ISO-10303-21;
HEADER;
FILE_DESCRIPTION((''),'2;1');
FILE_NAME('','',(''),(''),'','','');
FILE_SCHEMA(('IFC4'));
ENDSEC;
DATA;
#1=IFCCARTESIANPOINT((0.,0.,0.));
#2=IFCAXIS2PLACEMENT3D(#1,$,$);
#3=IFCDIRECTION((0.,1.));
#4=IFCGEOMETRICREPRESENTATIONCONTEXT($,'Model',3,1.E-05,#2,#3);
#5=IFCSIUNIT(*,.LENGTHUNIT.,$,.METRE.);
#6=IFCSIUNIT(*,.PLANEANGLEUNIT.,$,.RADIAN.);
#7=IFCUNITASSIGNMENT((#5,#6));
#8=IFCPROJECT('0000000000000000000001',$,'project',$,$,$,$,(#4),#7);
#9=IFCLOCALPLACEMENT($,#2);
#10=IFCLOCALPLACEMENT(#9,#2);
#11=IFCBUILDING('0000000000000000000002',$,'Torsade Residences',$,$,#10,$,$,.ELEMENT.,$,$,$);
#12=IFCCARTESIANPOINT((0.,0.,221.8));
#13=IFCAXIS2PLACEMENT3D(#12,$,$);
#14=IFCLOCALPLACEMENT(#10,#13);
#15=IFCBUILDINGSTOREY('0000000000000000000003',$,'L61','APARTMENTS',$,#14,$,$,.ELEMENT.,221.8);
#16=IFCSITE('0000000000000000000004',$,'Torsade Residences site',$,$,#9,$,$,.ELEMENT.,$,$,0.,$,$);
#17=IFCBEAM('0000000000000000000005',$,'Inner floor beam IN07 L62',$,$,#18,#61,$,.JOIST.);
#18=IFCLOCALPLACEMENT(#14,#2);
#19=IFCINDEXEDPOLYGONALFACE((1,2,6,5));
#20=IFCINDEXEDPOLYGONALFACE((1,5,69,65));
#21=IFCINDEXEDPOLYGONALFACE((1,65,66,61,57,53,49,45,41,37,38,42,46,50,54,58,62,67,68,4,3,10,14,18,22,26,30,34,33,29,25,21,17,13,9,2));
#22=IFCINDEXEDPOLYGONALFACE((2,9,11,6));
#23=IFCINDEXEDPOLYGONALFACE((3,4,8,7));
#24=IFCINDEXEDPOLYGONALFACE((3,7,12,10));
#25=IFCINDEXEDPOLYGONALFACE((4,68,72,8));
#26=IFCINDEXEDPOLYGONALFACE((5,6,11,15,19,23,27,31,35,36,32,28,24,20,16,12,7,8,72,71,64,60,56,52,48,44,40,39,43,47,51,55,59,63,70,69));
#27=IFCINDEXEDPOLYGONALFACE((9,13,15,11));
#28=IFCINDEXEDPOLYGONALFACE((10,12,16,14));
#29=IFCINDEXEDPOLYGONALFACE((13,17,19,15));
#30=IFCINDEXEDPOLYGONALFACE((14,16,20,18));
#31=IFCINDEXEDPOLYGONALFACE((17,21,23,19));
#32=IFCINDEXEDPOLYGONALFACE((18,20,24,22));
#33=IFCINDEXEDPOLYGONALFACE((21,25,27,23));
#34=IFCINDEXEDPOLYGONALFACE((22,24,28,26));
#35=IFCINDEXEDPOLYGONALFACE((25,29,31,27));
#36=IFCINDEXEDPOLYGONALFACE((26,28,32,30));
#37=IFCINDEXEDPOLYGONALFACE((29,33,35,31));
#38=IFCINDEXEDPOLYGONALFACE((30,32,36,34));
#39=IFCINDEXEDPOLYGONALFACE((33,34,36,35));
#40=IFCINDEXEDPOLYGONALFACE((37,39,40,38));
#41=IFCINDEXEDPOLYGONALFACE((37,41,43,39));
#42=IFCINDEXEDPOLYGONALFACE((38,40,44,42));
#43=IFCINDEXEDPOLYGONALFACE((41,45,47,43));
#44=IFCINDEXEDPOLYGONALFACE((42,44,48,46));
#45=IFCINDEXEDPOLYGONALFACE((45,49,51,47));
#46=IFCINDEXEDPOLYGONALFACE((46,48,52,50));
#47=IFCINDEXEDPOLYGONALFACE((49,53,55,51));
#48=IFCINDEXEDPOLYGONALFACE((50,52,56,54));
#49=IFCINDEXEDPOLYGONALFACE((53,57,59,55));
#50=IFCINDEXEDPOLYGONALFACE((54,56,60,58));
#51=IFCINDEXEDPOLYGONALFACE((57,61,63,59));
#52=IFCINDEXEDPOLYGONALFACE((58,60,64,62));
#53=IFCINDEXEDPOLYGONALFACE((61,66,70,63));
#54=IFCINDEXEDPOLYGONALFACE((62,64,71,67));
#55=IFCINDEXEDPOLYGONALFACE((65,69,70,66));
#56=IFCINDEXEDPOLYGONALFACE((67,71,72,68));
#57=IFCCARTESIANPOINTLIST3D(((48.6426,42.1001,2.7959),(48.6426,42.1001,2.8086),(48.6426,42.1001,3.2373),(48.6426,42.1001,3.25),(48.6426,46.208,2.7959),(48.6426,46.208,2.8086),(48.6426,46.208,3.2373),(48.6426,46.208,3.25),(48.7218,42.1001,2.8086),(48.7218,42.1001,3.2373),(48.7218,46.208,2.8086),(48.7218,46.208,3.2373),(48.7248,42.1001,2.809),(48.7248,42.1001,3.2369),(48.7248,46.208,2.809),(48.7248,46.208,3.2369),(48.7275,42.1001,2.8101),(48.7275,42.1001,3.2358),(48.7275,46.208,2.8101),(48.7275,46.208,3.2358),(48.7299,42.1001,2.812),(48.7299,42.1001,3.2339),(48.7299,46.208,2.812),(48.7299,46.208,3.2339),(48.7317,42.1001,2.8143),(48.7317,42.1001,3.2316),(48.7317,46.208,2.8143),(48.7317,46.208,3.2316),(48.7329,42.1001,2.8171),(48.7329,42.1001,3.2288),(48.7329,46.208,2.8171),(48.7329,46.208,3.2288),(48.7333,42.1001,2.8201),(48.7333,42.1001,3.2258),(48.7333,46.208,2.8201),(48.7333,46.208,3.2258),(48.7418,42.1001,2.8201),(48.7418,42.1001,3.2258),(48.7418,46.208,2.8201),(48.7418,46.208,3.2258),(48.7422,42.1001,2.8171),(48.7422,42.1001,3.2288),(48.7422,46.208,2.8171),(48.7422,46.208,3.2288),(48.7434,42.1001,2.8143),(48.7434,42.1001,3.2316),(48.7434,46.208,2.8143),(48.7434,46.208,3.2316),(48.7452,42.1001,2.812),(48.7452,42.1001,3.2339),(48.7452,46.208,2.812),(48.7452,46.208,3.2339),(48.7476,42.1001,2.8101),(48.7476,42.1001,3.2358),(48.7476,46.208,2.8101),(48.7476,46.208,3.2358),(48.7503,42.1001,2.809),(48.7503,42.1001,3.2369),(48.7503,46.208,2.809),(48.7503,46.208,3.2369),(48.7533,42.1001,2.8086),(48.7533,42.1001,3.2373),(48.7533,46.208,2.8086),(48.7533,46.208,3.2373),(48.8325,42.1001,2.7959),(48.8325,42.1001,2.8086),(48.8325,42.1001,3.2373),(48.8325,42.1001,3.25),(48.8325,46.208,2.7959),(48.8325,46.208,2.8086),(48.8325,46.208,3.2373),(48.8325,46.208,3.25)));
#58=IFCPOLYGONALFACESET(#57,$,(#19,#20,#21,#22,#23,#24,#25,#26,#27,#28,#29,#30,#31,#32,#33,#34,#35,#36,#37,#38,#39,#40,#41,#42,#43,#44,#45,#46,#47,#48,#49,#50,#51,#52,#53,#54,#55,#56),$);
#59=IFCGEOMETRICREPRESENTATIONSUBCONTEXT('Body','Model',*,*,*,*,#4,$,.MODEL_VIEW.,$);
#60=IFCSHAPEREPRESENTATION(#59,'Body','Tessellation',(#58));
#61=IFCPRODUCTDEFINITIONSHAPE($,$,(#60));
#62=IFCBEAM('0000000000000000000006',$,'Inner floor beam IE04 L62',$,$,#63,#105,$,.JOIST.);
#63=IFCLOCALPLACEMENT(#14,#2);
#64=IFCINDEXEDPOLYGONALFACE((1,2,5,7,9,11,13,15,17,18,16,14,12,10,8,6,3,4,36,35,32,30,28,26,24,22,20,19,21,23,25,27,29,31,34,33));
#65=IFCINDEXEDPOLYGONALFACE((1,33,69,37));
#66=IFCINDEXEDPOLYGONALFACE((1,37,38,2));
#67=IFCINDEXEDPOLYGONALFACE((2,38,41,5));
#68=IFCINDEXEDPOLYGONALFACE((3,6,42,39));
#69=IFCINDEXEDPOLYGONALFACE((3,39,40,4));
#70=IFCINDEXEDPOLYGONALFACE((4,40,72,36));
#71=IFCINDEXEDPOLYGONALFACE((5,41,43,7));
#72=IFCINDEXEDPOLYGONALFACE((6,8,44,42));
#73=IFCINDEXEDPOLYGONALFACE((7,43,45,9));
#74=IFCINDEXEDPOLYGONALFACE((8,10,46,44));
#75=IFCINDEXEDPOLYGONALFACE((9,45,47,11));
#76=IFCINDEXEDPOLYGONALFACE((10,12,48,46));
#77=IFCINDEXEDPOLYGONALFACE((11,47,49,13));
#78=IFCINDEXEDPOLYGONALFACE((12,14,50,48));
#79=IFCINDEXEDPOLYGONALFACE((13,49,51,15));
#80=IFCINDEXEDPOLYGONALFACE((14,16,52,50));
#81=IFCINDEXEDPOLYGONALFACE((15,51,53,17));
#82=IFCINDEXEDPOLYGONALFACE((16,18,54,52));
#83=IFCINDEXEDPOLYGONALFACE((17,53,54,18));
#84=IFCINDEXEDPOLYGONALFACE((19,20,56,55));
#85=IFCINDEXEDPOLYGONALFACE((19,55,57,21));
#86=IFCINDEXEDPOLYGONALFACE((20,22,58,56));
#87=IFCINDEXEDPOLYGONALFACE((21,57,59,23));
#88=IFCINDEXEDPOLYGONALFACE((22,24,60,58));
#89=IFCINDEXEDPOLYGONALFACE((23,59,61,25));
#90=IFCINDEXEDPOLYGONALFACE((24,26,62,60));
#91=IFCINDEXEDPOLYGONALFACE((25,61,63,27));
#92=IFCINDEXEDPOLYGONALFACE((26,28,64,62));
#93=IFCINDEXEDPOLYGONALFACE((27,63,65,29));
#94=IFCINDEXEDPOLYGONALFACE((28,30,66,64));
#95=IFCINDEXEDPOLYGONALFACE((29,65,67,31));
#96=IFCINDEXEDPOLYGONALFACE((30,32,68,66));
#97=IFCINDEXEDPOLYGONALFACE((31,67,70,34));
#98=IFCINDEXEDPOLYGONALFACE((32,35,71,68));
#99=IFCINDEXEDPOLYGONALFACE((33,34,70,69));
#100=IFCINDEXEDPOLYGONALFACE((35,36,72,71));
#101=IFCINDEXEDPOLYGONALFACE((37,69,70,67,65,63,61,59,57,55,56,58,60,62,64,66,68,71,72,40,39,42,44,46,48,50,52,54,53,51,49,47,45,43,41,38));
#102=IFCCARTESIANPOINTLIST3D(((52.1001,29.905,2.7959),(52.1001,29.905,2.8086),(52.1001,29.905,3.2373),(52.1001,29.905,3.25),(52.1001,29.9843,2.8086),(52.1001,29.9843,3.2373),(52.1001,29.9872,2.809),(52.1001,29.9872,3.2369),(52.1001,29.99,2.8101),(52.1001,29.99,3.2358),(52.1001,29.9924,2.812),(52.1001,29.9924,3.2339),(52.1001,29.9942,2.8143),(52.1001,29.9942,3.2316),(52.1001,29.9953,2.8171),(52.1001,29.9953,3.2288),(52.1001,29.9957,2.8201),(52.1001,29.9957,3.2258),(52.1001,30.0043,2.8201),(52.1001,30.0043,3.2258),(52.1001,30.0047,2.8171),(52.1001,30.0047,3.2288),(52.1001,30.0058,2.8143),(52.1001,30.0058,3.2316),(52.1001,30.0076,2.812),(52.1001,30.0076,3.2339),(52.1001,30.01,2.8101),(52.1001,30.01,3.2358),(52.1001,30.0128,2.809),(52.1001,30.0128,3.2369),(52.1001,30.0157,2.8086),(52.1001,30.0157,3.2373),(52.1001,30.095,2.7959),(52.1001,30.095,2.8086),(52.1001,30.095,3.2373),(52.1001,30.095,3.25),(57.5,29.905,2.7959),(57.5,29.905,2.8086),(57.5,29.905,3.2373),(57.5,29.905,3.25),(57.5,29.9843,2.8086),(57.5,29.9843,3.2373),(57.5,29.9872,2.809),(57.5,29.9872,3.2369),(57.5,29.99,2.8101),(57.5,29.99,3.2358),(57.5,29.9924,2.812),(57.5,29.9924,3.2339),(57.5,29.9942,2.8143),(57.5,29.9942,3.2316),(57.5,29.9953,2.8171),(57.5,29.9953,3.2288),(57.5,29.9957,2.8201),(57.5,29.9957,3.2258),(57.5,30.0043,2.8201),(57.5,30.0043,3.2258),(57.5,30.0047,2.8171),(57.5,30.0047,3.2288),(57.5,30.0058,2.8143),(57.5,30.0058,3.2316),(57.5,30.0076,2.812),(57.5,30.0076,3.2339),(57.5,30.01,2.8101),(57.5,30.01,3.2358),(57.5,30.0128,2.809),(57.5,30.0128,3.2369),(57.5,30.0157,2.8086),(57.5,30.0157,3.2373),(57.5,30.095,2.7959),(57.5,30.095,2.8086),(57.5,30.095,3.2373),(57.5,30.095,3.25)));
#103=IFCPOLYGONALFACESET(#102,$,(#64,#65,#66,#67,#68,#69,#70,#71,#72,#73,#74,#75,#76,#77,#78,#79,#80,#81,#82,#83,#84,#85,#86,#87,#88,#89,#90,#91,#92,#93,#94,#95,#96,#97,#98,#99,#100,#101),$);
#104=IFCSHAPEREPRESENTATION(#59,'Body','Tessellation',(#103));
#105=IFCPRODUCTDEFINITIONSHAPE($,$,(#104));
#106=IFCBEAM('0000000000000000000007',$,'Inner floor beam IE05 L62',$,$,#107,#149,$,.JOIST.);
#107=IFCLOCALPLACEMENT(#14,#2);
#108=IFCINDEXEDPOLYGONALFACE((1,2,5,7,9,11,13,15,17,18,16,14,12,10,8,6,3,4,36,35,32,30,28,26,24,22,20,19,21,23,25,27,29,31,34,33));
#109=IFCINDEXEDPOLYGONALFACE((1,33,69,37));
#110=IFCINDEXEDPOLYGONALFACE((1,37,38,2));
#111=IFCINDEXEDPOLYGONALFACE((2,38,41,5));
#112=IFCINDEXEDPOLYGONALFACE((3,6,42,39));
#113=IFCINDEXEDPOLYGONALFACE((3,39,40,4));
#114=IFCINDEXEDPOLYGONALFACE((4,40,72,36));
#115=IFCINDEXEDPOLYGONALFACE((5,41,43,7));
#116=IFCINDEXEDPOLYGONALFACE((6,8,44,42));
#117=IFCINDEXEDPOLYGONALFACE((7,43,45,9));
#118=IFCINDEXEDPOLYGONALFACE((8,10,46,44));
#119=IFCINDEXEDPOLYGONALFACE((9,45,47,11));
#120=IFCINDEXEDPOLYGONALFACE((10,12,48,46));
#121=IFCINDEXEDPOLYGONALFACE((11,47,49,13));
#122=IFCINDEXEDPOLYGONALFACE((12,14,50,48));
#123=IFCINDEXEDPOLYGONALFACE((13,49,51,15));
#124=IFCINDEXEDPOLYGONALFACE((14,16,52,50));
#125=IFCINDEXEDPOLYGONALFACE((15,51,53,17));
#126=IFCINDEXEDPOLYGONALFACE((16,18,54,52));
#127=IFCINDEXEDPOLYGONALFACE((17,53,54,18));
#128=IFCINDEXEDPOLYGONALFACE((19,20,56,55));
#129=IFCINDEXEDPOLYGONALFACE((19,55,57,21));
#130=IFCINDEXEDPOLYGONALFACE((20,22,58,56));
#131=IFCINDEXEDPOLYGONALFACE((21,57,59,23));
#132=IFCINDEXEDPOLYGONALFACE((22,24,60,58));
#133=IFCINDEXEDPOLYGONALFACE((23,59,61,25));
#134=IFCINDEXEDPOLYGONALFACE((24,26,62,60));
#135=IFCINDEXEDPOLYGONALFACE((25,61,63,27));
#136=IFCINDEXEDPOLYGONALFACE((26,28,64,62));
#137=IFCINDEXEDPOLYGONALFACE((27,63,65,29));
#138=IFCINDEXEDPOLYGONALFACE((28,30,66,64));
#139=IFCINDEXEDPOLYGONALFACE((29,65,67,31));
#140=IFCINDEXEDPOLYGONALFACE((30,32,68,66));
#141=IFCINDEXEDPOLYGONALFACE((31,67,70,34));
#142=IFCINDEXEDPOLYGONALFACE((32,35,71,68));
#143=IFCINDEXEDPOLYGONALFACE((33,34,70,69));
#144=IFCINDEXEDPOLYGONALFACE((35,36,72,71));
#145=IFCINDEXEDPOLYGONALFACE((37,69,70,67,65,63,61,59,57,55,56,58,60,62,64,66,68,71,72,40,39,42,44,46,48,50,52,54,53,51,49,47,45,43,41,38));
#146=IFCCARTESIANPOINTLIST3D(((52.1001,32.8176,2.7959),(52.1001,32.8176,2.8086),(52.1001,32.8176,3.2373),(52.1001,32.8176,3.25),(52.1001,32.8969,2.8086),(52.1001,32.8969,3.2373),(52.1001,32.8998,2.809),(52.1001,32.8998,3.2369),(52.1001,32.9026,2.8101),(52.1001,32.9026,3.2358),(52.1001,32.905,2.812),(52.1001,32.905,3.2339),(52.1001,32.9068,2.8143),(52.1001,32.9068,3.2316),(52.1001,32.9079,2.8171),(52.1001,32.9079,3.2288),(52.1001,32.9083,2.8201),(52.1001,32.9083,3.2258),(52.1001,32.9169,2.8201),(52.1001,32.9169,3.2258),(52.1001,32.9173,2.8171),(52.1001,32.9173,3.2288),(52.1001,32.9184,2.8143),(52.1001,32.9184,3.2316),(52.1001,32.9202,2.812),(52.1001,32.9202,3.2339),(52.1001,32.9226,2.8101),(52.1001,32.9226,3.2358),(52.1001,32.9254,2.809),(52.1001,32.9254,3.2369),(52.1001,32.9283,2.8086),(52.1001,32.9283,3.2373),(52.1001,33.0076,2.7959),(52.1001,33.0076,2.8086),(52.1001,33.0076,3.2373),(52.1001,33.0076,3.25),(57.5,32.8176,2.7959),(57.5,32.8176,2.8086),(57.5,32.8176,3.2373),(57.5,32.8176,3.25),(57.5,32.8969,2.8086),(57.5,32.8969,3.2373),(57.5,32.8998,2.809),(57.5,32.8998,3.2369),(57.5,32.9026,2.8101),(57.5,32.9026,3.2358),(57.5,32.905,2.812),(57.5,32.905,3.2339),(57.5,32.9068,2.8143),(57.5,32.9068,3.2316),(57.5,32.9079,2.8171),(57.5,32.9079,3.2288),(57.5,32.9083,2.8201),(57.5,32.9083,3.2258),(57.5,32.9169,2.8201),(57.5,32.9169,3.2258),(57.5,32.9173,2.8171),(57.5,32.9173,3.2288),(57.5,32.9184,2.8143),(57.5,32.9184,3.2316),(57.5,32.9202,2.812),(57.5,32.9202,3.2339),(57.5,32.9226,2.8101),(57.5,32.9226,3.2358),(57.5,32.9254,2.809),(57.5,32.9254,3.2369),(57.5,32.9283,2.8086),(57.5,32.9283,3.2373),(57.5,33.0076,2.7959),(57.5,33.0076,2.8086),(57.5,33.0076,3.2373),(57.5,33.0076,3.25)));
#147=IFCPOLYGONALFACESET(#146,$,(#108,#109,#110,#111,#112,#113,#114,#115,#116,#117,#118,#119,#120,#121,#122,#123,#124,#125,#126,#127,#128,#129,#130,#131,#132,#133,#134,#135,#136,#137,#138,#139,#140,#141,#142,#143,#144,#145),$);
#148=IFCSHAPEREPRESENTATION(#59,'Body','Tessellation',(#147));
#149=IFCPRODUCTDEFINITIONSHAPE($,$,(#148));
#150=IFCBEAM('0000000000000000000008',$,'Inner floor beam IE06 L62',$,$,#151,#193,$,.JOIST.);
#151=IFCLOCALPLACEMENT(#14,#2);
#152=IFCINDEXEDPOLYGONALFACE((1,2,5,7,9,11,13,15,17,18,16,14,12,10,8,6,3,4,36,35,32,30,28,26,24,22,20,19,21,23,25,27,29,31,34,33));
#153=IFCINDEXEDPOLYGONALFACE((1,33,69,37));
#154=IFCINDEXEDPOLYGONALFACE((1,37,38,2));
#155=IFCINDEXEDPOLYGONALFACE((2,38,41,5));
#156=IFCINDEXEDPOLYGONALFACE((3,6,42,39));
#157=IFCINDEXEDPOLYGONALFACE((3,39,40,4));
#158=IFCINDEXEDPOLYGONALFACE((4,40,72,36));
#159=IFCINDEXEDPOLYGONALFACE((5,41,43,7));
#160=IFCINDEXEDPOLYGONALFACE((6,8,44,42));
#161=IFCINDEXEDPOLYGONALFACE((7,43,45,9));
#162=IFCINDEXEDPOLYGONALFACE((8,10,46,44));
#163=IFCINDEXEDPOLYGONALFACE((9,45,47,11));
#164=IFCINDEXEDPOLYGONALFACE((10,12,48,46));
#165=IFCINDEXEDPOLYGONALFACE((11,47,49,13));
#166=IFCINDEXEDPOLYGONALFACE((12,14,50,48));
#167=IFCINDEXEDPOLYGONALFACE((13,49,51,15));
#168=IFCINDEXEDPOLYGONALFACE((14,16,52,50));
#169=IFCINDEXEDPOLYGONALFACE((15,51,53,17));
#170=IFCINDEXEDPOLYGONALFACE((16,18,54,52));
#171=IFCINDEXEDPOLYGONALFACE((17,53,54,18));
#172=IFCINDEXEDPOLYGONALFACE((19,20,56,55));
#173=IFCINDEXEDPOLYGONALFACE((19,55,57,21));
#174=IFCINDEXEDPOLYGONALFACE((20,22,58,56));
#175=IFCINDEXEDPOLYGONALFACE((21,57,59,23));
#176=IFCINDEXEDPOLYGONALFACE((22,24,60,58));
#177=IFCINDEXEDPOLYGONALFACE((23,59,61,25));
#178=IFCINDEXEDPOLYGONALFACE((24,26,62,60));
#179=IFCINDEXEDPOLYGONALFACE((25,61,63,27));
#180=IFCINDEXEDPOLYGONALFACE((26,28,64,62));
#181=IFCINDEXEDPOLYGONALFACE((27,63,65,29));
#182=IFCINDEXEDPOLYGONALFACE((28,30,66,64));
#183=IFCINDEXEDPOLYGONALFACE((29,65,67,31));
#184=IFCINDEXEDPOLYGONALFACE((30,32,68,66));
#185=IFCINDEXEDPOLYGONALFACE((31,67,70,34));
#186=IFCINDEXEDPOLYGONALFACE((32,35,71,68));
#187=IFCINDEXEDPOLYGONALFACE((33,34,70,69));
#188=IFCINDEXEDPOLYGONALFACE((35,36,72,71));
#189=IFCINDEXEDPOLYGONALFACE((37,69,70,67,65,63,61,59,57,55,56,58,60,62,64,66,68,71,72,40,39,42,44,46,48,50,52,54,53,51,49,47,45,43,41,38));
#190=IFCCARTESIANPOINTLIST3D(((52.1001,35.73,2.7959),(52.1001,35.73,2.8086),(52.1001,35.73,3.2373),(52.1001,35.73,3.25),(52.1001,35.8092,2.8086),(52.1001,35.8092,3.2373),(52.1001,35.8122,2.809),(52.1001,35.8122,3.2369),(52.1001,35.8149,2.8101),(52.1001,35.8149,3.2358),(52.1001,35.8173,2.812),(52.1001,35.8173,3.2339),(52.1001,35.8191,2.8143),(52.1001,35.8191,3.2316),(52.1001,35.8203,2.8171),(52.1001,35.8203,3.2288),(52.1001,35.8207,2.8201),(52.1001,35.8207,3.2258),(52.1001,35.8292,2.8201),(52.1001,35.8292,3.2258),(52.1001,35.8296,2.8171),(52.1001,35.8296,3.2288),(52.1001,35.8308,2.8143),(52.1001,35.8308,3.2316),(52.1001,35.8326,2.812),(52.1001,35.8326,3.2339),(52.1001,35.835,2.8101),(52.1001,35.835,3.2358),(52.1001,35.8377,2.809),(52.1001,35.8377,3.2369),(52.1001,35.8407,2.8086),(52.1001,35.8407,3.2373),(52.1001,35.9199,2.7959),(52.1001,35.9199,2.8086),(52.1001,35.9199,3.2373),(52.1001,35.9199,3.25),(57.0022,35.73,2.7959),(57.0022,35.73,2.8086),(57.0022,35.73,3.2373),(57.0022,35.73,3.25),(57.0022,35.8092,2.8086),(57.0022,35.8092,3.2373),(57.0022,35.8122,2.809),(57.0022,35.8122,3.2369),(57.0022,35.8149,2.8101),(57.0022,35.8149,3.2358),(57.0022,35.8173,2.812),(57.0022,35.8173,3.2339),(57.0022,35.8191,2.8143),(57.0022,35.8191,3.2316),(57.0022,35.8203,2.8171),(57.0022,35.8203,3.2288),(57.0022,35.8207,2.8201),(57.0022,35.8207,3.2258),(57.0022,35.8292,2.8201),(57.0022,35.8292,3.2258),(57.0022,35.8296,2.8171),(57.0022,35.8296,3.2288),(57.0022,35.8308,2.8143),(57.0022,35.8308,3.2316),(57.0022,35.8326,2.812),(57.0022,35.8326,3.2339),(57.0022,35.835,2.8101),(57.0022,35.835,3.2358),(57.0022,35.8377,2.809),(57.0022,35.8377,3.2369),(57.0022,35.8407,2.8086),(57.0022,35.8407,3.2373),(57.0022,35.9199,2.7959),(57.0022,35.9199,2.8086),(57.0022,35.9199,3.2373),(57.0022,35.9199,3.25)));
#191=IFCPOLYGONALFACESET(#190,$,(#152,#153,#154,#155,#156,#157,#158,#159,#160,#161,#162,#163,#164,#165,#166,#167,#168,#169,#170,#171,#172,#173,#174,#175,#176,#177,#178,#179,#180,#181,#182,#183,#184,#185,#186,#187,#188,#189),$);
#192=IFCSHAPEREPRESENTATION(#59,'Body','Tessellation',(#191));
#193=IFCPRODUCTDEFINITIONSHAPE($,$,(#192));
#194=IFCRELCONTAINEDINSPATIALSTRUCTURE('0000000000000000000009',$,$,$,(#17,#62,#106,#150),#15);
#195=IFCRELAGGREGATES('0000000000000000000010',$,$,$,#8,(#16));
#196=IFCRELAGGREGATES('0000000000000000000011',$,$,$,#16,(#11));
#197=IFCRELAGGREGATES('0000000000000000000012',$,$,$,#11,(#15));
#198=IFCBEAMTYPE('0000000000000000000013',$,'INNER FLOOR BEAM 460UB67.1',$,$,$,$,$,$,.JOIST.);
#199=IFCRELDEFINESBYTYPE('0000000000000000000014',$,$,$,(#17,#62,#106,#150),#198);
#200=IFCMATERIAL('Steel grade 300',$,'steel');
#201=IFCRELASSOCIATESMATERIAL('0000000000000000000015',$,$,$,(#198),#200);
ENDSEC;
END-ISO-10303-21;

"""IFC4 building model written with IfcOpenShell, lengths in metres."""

from ifc_helpers import new_model, si_unit, direction, frame, origin, origin_2d, place, context, subcontext, project, spatial, i_section, extrude, material, material_profile, profile_set, type_object, element, save


model = new_model("IFC4")

# Units and contexts
model_context = context("Model", 3, precision=1e-05, world=origin(), true_north=direction((0.0, 1.0)))
body_context = subcontext(model_context, "Body", "Model", "MODEL_VIEW")
ifc_project = project(units=[si_unit("LENGTHUNIT", "METRE"), si_unit("PLANEANGLEUNIT", "RADIAN")], contexts=[model_context])

# Site, building, storey
site_placement = place(None, origin())
site = spatial("IfcSite", under=ifc_project, at=site_placement, Name="Torsade Residences site", CompositionType="ELEMENT", RefElevation=0.0)
building_placement = place(site_placement, origin())
building = spatial("IfcBuilding", under=site, at=building_placement, Name="Torsade Residences", CompositionType="ELEMENT")
storey_placement = place(building_placement, frame((0.0, 0.0, 221.8)))
storey = spatial("IfcBuildingStorey", under=building, at=storey_placement, Name="L61", Description="APARTMENTS", CompositionType="ELEMENT", Elevation=221.8)

# Beams
ifc_material_1 = material(Name="Steel grade 300", Category="steel")
ifc_material_profile_1 = material_profile(ifc_material_1, i_section(OverallWidth=0.1899, OverallDepth=0.4541, WebThickness=0.0085, FlangeThickness=0.0127, FilletRadius=0.0115, at=origin_2d()), Name="460UB67.1")
ifc_profile_set_1 = profile_set([ifc_material_profile_1], Name="Steel grade 300")
beam_type_1 = type_object("IfcBeamType", Name="INNER FLOOR BEAM 460UB67.1", PredefinedType="JOIST", material=ifc_profile_set_1)
beam_1_placement = place(storey_placement, frame((48.7375, 42.1001, 3.0229), z_axis=(0.0, 1.0, 0.0), x_axis=(-1.0, 0.0, 0.0)))
element("IfcBeam", 1, at=beam_1_placement, inside=storey, type_object=beam_type_1, Name="Inner floor beam IN07 L62", PredefinedType="JOIST", context=body_context, shape_type="SweptSolid", body=[
    extrude(i_section(OverallWidth=0.1899, OverallDepth=0.4541, WebThickness=0.0085, FlangeThickness=0.0127, FilletRadius=0.0115, at=origin_2d()), origin(), (0.0, 0.0, 1.0), 4.1079),
])
for number, where, z_axis, x_axis, name in (
    (2, (52.1001, 30.0, 3.0229), (1.0, 0.0, 0.0), (0.0, 1.0, 0.0), "Inner floor beam IE04 L62"),
    (3, (52.1001, 32.9126, 3.0229), (1.0, 0.0, 0.0), (0.0, 1.0, 0.0), "Inner floor beam IE05 L62"),
):
    element("IfcBeam", number, at=place(storey_placement, frame(where, z_axis=z_axis, x_axis=x_axis)), inside=storey, type_object=beam_type_1, Name=name, PredefinedType="JOIST", context=body_context, shape_type="SweptSolid", body=[
        extrude(i_section(OverallWidth=0.1899, OverallDepth=0.4541, WebThickness=0.0085, FlangeThickness=0.0127, FilletRadius=0.0115, at=origin_2d()), origin(), (0.0, 0.0, 1.0), 5.3999),
    ])
beam_2_placement = place(storey_placement, frame((52.1001, 35.825, 3.0229), z_axis=(1.0, 0.0, 0.0), x_axis=(0.0, 1.0, 0.0)))
element("IfcBeam", 4, at=beam_2_placement, inside=storey, type_object=beam_type_1, Name="Inner floor beam IE06 L62", PredefinedType="JOIST", context=body_context, shape_type="SweptSolid", body=[
    extrude(i_section(OverallWidth=0.1899, OverallDepth=0.4541, WebThickness=0.0085, FlangeThickness=0.0127, FilletRadius=0.0115, at=origin_2d()), origin(), (0.0, 0.0, 1.0), 4.9021),
])

save(model, "model.ifc")
